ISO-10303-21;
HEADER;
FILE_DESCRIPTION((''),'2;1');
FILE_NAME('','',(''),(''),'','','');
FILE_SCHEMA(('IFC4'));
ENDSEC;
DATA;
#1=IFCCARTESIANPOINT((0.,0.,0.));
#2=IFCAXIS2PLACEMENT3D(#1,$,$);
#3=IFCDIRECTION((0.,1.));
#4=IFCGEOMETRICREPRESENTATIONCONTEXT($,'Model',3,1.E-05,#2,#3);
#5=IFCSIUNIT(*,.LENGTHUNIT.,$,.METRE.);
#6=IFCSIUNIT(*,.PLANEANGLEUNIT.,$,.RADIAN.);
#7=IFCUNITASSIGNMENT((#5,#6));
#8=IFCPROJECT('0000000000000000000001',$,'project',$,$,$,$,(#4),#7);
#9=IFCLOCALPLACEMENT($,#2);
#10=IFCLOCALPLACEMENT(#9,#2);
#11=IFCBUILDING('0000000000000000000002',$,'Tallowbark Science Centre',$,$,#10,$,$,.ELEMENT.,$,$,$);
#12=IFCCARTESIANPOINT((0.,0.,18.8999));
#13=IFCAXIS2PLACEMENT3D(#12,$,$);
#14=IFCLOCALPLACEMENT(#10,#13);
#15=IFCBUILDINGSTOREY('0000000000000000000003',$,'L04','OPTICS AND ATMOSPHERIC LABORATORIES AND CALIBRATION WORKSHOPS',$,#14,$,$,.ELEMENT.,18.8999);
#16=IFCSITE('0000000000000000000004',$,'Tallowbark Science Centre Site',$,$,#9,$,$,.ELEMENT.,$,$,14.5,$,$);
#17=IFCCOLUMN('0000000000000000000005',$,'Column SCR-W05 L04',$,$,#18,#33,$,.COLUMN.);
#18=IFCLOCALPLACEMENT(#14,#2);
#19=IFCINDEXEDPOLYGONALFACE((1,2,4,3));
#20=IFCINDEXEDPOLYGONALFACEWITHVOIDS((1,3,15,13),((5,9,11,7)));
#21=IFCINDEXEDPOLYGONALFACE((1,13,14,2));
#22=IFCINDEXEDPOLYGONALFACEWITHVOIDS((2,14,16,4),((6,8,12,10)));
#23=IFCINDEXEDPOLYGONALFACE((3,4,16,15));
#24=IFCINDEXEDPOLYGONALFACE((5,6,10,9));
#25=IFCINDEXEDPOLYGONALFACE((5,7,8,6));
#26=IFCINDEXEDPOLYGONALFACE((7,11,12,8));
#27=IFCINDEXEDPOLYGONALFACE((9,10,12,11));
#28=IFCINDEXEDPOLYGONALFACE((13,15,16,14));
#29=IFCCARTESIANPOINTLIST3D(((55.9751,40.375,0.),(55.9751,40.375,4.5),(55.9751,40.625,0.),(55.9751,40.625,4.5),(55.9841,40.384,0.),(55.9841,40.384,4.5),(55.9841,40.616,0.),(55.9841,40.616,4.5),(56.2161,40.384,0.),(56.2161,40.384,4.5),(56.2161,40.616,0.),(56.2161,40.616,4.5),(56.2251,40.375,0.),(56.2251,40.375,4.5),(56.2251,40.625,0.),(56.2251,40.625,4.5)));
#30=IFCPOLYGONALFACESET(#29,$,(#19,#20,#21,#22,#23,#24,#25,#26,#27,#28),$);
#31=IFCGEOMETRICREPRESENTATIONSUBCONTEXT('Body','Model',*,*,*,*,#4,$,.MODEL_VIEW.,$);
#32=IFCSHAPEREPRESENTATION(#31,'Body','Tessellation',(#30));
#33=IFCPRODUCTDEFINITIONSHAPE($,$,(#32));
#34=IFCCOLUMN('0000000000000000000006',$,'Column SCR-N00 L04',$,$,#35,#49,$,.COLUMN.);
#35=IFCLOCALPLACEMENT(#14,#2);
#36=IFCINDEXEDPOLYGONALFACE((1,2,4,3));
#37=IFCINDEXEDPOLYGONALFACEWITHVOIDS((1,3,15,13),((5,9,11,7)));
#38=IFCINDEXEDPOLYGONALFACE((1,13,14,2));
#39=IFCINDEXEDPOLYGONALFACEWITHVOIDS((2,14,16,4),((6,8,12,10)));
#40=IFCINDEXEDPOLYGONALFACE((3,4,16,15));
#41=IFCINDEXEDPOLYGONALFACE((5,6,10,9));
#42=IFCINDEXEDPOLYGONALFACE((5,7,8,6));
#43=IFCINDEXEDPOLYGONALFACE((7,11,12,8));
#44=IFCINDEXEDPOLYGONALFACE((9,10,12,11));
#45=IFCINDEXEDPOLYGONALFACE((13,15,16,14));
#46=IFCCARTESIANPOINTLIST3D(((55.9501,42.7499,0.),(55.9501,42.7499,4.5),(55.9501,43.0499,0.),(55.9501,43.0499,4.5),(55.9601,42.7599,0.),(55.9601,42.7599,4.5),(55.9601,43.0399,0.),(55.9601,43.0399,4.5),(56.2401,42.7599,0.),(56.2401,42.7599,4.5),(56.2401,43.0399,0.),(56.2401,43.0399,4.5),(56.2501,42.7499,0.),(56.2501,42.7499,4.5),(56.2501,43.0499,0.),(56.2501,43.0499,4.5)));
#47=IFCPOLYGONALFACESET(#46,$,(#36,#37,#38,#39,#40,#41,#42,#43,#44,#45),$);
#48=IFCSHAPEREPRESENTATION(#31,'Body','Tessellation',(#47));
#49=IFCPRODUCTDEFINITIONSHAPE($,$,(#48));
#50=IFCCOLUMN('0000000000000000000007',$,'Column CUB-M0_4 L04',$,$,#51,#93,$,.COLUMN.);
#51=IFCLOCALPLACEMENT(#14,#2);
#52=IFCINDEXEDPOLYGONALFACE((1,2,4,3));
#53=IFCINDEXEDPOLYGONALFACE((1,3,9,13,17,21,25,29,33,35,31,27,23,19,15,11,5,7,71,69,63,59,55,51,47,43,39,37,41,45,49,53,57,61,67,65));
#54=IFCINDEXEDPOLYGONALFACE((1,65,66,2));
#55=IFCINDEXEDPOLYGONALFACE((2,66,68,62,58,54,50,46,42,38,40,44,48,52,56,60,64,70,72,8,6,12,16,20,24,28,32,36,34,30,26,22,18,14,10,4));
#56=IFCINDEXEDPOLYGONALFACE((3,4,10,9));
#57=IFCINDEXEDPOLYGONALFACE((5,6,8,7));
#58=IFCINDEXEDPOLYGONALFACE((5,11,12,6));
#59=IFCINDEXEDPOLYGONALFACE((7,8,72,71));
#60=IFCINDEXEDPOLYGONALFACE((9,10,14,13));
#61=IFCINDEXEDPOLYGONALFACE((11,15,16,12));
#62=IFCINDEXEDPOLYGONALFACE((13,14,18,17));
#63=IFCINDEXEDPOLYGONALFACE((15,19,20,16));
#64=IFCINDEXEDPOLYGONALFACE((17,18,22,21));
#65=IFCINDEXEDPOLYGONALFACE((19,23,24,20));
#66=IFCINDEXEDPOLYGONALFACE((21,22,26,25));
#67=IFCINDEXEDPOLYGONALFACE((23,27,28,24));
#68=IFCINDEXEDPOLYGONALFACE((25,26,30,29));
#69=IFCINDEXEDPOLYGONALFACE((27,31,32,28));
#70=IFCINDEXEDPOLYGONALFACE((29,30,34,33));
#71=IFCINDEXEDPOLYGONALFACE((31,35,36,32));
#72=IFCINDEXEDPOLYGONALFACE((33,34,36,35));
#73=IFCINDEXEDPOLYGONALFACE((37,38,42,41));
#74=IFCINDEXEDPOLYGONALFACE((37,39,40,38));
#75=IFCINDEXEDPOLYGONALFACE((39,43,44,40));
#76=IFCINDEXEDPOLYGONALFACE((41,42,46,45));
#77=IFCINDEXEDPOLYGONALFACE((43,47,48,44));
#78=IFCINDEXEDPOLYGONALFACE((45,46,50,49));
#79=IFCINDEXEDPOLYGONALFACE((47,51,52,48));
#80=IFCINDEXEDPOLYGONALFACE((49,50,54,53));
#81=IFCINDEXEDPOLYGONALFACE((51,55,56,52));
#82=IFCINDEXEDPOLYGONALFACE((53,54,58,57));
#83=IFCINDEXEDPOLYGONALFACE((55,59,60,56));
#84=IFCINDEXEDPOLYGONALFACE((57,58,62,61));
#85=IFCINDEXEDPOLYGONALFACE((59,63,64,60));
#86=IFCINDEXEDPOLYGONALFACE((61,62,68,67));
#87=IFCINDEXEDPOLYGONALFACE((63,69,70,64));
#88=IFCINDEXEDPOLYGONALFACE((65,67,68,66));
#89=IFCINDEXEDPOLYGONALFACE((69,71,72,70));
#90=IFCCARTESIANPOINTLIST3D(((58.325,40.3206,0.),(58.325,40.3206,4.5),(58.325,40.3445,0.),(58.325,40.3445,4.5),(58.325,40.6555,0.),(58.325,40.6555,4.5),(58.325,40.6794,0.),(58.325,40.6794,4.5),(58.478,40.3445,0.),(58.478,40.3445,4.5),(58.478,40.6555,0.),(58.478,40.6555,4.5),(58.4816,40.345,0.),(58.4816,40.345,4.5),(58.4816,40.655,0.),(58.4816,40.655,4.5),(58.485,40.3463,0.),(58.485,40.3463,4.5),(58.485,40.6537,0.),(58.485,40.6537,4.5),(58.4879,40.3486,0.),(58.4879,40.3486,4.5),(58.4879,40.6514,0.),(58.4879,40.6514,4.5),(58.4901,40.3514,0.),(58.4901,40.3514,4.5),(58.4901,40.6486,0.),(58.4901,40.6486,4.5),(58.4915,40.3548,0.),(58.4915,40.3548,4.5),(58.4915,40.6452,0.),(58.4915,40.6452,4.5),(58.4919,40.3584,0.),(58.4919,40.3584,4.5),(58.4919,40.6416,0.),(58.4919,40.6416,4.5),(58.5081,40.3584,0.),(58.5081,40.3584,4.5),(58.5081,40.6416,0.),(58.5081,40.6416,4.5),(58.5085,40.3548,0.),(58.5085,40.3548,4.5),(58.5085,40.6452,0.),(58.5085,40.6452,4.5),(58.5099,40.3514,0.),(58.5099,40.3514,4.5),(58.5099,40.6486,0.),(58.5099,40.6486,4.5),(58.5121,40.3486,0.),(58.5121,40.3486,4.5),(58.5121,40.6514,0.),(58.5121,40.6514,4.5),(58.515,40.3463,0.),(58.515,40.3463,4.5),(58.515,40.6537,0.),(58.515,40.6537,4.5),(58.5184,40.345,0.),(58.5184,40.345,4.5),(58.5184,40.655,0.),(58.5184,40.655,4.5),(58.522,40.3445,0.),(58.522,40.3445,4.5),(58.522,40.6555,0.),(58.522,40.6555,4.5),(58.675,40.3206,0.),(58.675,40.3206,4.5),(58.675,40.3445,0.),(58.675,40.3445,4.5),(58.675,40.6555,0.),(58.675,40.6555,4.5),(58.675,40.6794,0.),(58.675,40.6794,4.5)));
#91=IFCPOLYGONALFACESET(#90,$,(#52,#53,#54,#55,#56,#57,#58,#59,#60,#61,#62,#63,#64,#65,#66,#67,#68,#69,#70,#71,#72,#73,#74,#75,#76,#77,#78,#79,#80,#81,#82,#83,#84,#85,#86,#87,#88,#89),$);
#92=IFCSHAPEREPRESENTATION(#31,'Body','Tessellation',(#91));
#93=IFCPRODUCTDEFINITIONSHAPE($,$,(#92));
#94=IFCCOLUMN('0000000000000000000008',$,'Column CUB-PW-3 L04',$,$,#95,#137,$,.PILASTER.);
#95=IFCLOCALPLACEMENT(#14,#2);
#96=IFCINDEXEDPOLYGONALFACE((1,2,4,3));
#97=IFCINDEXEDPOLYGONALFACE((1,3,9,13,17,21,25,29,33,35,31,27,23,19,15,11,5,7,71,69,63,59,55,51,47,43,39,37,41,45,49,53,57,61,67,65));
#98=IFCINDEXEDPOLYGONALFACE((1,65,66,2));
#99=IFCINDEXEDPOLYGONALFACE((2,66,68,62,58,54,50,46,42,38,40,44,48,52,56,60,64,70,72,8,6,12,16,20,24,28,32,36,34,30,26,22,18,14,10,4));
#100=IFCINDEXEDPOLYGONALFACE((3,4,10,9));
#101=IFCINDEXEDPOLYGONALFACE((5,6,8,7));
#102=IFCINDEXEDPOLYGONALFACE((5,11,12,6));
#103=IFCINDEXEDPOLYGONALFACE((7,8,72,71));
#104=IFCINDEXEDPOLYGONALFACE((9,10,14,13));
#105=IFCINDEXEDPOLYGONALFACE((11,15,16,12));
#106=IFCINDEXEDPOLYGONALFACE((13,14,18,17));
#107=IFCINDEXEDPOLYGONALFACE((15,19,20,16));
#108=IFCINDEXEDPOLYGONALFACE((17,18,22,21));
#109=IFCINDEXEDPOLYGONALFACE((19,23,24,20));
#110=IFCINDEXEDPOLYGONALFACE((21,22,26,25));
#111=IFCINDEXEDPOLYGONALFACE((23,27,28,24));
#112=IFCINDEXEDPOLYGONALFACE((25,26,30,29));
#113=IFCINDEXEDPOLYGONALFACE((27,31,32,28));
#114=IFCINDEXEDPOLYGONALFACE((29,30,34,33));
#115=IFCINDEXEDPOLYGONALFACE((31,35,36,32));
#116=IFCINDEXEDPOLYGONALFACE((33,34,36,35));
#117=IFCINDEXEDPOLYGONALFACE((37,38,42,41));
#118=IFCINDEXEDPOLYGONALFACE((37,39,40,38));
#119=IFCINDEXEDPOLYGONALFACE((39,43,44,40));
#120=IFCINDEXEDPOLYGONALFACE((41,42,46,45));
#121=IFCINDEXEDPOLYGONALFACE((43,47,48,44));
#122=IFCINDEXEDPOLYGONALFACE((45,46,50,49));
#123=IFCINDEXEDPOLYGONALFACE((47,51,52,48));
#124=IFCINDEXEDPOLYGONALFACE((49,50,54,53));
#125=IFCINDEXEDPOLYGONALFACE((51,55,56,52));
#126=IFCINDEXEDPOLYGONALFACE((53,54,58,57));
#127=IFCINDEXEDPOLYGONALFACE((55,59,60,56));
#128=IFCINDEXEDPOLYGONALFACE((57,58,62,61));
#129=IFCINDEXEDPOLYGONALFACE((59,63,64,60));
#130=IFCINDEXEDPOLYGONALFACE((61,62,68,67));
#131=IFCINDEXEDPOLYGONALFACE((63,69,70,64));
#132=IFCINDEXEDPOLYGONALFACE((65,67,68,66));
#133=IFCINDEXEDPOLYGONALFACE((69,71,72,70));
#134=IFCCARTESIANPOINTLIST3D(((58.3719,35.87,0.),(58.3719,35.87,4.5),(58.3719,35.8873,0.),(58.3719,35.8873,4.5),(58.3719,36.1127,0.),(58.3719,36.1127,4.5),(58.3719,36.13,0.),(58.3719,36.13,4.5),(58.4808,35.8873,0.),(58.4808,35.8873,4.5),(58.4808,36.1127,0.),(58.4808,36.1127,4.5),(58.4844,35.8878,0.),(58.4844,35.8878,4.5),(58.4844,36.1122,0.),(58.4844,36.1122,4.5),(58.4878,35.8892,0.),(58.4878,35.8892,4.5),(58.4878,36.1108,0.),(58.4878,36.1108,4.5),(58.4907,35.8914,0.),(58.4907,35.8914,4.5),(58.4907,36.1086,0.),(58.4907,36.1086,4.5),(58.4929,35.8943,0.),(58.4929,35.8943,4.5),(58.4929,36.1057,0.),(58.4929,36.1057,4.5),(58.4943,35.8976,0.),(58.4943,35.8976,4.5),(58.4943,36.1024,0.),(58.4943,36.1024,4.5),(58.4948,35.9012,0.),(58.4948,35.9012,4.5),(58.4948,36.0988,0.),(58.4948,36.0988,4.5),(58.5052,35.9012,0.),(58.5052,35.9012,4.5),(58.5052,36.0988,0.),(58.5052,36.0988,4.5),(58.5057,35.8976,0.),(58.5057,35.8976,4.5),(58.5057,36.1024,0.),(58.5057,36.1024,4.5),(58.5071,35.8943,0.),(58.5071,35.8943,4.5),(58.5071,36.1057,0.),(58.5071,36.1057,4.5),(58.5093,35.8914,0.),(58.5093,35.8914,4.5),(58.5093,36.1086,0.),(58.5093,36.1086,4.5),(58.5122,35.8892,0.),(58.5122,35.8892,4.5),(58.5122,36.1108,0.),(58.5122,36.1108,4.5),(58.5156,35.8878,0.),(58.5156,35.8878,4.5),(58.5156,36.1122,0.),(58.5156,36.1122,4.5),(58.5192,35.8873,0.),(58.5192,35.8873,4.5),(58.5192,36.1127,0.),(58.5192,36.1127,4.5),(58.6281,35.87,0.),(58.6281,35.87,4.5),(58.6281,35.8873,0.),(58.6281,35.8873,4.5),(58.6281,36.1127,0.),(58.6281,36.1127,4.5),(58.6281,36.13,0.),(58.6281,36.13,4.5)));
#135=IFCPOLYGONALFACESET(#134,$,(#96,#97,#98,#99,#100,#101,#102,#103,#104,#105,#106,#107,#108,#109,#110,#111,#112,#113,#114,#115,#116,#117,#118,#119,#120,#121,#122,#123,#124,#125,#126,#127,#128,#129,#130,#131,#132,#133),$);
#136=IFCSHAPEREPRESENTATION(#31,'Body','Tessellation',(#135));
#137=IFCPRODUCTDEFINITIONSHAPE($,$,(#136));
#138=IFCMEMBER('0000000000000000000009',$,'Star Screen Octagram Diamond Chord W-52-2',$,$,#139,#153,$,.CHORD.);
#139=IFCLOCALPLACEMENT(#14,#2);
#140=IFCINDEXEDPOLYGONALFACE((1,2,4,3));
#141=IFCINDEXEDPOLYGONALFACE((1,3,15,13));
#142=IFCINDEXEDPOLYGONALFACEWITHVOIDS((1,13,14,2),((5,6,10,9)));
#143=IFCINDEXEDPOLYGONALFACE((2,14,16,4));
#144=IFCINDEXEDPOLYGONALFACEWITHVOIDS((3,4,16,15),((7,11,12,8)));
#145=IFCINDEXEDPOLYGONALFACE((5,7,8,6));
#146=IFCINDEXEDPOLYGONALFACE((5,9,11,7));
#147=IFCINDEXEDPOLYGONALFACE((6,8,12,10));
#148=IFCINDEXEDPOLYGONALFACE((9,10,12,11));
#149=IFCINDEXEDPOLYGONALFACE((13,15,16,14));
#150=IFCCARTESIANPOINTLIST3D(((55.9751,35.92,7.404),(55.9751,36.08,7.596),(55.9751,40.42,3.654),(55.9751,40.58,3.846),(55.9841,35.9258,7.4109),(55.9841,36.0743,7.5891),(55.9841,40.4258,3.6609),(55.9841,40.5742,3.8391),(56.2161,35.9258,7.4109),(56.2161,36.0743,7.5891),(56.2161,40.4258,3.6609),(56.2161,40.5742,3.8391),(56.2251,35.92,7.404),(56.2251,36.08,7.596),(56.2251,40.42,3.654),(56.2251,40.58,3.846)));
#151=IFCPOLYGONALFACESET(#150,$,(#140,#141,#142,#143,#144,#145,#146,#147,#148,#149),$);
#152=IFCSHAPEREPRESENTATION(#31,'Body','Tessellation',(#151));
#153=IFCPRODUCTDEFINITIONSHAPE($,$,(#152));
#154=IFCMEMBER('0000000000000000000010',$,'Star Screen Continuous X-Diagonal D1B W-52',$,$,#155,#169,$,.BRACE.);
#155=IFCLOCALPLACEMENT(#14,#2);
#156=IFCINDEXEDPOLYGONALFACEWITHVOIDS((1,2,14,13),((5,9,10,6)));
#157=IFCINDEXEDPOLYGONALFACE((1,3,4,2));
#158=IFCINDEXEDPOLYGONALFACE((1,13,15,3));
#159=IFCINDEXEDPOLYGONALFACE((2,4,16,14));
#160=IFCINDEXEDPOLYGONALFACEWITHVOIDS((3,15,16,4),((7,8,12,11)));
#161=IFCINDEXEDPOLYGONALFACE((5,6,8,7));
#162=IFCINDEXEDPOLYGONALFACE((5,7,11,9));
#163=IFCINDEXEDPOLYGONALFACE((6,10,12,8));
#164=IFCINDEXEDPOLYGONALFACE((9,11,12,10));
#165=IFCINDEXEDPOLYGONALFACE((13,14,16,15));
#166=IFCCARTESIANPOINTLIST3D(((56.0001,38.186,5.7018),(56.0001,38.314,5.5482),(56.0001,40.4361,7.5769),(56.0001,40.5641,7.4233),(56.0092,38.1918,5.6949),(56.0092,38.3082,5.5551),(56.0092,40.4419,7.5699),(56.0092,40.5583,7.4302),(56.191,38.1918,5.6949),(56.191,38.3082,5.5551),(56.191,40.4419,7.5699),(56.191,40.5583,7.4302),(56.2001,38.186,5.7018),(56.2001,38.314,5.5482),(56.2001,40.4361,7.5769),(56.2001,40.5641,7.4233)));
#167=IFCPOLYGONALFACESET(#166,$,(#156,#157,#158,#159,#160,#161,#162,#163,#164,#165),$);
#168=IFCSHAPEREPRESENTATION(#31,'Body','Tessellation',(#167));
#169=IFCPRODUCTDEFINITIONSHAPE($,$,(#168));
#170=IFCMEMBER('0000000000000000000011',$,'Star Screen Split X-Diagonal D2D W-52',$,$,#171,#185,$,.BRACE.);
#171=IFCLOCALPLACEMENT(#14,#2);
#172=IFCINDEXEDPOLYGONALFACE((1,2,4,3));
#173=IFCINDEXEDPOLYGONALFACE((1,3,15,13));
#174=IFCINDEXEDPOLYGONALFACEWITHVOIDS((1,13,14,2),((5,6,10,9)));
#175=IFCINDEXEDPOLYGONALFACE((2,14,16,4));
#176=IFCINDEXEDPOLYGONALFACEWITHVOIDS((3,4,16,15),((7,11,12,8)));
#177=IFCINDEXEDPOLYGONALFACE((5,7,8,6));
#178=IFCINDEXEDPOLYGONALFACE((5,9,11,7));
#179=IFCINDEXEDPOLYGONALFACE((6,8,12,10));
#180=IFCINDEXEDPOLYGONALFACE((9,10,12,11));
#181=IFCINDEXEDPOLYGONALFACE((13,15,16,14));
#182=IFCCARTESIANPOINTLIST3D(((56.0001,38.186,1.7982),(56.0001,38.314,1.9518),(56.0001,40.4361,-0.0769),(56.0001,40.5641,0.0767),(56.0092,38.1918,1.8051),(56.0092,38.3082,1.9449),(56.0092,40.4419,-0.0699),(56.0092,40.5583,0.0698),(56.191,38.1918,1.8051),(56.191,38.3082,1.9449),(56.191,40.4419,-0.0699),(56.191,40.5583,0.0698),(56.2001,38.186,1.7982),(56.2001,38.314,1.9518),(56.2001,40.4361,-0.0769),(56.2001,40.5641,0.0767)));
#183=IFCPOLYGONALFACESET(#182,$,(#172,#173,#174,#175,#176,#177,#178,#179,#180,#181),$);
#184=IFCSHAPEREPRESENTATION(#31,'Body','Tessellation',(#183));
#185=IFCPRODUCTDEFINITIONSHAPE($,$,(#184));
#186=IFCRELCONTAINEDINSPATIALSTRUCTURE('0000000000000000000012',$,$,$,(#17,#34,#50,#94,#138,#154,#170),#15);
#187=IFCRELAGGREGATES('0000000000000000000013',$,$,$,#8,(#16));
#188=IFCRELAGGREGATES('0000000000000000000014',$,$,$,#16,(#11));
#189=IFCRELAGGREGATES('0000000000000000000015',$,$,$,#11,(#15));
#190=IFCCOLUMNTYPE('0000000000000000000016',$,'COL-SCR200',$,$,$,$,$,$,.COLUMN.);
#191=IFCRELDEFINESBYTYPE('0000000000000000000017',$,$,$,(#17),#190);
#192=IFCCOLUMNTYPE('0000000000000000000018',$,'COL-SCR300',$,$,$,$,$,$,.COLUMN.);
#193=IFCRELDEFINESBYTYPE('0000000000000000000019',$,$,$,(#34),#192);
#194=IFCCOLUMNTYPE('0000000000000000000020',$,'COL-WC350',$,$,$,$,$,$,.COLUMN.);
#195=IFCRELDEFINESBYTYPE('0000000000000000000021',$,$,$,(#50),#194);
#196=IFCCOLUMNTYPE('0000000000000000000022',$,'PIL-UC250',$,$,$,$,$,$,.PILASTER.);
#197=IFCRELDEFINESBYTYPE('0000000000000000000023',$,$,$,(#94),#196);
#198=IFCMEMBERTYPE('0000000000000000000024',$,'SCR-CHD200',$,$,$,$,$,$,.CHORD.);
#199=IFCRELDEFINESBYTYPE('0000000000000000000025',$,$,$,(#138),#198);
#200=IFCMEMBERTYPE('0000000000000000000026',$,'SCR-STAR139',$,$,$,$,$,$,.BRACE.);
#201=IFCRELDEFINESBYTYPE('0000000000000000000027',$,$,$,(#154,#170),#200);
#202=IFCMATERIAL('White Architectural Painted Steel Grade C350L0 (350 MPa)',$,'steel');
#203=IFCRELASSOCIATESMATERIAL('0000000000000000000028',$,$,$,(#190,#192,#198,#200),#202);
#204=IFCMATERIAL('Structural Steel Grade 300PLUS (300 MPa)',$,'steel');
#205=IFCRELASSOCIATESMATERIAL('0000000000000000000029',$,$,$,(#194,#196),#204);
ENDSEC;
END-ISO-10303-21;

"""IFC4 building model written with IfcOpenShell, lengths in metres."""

from ifc_helpers import new_model, si_unit, direction, frame, origin, origin_2d, place, context, subcontext, project, spatial, hollow_rectangle, i_section, extrude, material, material_profile, profile_set, type_object, element, save


model = new_model("IFC4")

# Units and contexts
model_context = context("Model", 3, precision=1e-05, world=origin(), true_north=direction((0.0, 1.0)))
body_context = subcontext(model_context, "Body", "Model", "MODEL_VIEW")
ifc_project = project(units=[si_unit("LENGTHUNIT", "METRE"), si_unit("PLANEANGLEUNIT", "RADIAN")], contexts=[model_context])

# Site, building, storey
site_placement = place(None, origin())
site = spatial("IfcSite", under=ifc_project, at=site_placement, Name="Tallowbark Science Centre Site", CompositionType="ELEMENT", RefElevation=14.5)
building_placement = place(site_placement, origin())
building = spatial("IfcBuilding", under=site, at=building_placement, Name="Tallowbark Science Centre", CompositionType="ELEMENT")
storey_placement = place(building_placement, frame((0.0, 0.0, 18.8999)))
storey = spatial("IfcBuildingStorey", under=building, at=storey_placement, Name="L04", Description="OPTICS AND ATMOSPHERIC LABORATORIES AND CALIBRATION WORKSHOPS", CompositionType="ELEMENT", Elevation=18.8999)

# Columns
ifc_material_1 = material(Name="White Architectural Painted Steel Grade C350L0 (350 MPa)", Category="steel")
ifc_material_profile_1 = material_profile(ifc_material_1, hollow_rectangle(XDim=0.25, YDim=0.25, WallThickness=0.009, at=origin_2d()), Name="250x250x9.0SHS")
ifc_profile_set_1 = profile_set([ifc_material_profile_1], Name="White Architectural Painted Steel Grade C350L0 (350 MPa)")
column_type_1 = type_object("IfcColumnType", Name="COL-SCR200", PredefinedType="COLUMN", material=ifc_profile_set_1)
column_1_placement = place(storey_placement, frame((56.1001, 40.5, 0.0), z_axis=(0.0, 0.0, 1.0), x_axis=(1.0, 0.0, 0.0)))
element("IfcColumn", 1, at=column_1_placement, inside=storey, type_object=column_type_1, Name="Column SCR-W05 L04", PredefinedType="COLUMN", context=body_context, shape_type="SweptSolid", body=[
    extrude(hollow_rectangle(XDim=0.25, YDim=0.25, WallThickness=0.009, at=origin_2d()), origin(), (0.0, 0.0, 1.0), 4.5),
])
ifc_material_profile_2 = material_profile(ifc_material_1, hollow_rectangle(XDim=0.3, YDim=0.3, WallThickness=0.01, at=origin_2d()), Name="300x300x10.0SHS")
ifc_profile_set_2 = profile_set([ifc_material_profile_2], Name="White Architectural Painted Steel Grade C350L0 (350 MPa)")
column_type_2 = type_object("IfcColumnType", Name="COL-SCR300", PredefinedType="COLUMN", material=ifc_profile_set_2)
column_2_placement = place(storey_placement, frame((56.1001, 42.8999, 0.0), z_axis=(0.0, 0.0, 1.0), x_axis=(1.0, 0.0, 0.0)))
element("IfcColumn", 2, at=column_2_placement, inside=storey, type_object=column_type_2, Name="Column SCR-N00 L04", PredefinedType="COLUMN", context=body_context, shape_type="SweptSolid", body=[
    extrude(hollow_rectangle(XDim=0.3, YDim=0.3, WallThickness=0.01, at=origin_2d()), origin(), (0.0, 0.0, 1.0), 4.5),
])
ifc_material_2 = material(Name="Structural Steel Grade 300PLUS (300 MPa)", Category="steel")
ifc_material_profile_3 = material_profile(ifc_material_2, i_section(OverallWidth=0.3501, OverallDepth=0.3589, WebThickness=0.0161, FlangeThickness=0.0239, FilletRadius=0.0139, at=origin_2d()), Name="350WC197")
ifc_profile_set_3 = profile_set([ifc_material_profile_3], Name="Structural Steel Grade 300PLUS (300 MPa)")
column_type_3 = type_object("IfcColumnType", Name="COL-WC350", PredefinedType="COLUMN", material=ifc_profile_set_3)
column_3_placement = place(storey_placement, frame((58.5, 40.5, 0.0), z_axis=(0.0, 0.0, 1.0), x_axis=(1.0, 0.0, 0.0)))
element("IfcColumn", 3, at=column_3_placement, inside=storey, type_object=column_type_3, Name="Column CUB-M0_4 L04", PredefinedType="COLUMN", context=body_context, shape_type="SweptSolid", body=[
    extrude(i_section(OverallWidth=0.3501, OverallDepth=0.3589, WebThickness=0.0161, FlangeThickness=0.0239, FilletRadius=0.0139, at=origin_2d()), origin(), (0.0, 0.0, 1.0), 4.5),
])
ifc_material_profile_4 = material_profile(ifc_material_2, i_section(OverallWidth=0.2561, OverallDepth=0.26, WebThickness=0.0105, FlangeThickness=0.0173, FilletRadius=0.0139, at=origin_2d()), Name="250UC89.5")
ifc_profile_set_4 = profile_set([ifc_material_profile_4], Name="Structural Steel Grade 300PLUS (300 MPa)")
column_type_4 = type_object("IfcColumnType", Name="PIL-UC250", PredefinedType="PILASTER", material=ifc_profile_set_4)
column_4_placement = place(storey_placement, frame((58.5, 36.0, 0.0), z_axis=(0.0, 0.0, 1.0), x_axis=(1.0, 0.0, 0.0)))
element("IfcColumn", 4, at=column_4_placement, inside=storey, type_object=column_type_4, Name="Column CUB-PW-3 L04", PredefinedType="PILASTER", context=body_context, shape_type="SweptSolid", body=[
    extrude(i_section(OverallWidth=0.2561, OverallDepth=0.26, WebThickness=0.0105, FlangeThickness=0.0173, FilletRadius=0.0139, at=origin_2d()), origin(), (0.0, 0.0, 1.0), 4.5),
])

# Members
ifc_material_profile_5 = material_profile(ifc_material_1, hollow_rectangle(XDim=0.25, YDim=0.25, WallThickness=0.009, at=origin_2d()), Name="250x250x9.0SHS")
ifc_profile_set_5 = profile_set([ifc_material_profile_5], Name="White Architectural Painted Steel Grade C350L0 (350 MPa)")
member_type_1 = type_object("IfcMemberType", Name="SCR-CHD200", PredefinedType="CHORD", material=ifc_profile_set_5)
member_1_placement = place(storey_placement, frame((56.1001, 40.5, 3.75), z_axis=(0.0, -0.768221, 0.640184), x_axis=(1.0, 0.0, 0.0)))
element("IfcMember", 5, at=member_1_placement, inside=storey, type_object=member_type_1, Name="Star Screen Octagram Diamond Chord W-52-2", PredefinedType="CHORD", context=body_context, shape_type="SweptSolid", body=[
    extrude(hollow_rectangle(XDim=0.25, YDim=0.25, WallThickness=0.009, at=origin_2d()), origin(), (0.0, 0.0, 1.0), 5.8577),
])
ifc_material_profile_6 = material_profile(ifc_material_1, hollow_rectangle(XDim=0.2, YDim=0.2, WallThickness=0.009, at=origin_2d()), Name="200x200x9.0SHS")
ifc_profile_set_6 = profile_set([ifc_material_profile_6], Name="White Architectural Painted Steel Grade C350L0 (350 MPa)")
member_type_2 = type_object("IfcMemberType", Name="SCR-STAR139", PredefinedType="BRACE", material=ifc_profile_set_6)
for number, where, z_axis, x_axis, name in (
    (6, (56.1001, 38.25, 5.625), (0.0, 0.768221, 0.640184), (-1.0, 0.0, 0.0), "Star Screen Continuous X-Diagonal D1B W-52"),
    (7, (56.1001, 38.25, 1.875), (0.0, 0.768221, -0.640184), (-1.0, 0.0, 0.0), "Star Screen Split X-Diagonal D2D W-52"),
):
    element("IfcMember", number, at=place(storey_placement, frame(where, z_axis=z_axis, x_axis=x_axis)), inside=storey, type_object=member_type_2, Name=name, PredefinedType="BRACE", context=body_context, shape_type="SweptSolid", body=[
        extrude(hollow_rectangle(XDim=0.2, YDim=0.2, WallThickness=0.009, at=origin_2d()), origin(), (0.0, 0.0, 1.0), 2.929),
    ])

save(model, "model.ifc")
